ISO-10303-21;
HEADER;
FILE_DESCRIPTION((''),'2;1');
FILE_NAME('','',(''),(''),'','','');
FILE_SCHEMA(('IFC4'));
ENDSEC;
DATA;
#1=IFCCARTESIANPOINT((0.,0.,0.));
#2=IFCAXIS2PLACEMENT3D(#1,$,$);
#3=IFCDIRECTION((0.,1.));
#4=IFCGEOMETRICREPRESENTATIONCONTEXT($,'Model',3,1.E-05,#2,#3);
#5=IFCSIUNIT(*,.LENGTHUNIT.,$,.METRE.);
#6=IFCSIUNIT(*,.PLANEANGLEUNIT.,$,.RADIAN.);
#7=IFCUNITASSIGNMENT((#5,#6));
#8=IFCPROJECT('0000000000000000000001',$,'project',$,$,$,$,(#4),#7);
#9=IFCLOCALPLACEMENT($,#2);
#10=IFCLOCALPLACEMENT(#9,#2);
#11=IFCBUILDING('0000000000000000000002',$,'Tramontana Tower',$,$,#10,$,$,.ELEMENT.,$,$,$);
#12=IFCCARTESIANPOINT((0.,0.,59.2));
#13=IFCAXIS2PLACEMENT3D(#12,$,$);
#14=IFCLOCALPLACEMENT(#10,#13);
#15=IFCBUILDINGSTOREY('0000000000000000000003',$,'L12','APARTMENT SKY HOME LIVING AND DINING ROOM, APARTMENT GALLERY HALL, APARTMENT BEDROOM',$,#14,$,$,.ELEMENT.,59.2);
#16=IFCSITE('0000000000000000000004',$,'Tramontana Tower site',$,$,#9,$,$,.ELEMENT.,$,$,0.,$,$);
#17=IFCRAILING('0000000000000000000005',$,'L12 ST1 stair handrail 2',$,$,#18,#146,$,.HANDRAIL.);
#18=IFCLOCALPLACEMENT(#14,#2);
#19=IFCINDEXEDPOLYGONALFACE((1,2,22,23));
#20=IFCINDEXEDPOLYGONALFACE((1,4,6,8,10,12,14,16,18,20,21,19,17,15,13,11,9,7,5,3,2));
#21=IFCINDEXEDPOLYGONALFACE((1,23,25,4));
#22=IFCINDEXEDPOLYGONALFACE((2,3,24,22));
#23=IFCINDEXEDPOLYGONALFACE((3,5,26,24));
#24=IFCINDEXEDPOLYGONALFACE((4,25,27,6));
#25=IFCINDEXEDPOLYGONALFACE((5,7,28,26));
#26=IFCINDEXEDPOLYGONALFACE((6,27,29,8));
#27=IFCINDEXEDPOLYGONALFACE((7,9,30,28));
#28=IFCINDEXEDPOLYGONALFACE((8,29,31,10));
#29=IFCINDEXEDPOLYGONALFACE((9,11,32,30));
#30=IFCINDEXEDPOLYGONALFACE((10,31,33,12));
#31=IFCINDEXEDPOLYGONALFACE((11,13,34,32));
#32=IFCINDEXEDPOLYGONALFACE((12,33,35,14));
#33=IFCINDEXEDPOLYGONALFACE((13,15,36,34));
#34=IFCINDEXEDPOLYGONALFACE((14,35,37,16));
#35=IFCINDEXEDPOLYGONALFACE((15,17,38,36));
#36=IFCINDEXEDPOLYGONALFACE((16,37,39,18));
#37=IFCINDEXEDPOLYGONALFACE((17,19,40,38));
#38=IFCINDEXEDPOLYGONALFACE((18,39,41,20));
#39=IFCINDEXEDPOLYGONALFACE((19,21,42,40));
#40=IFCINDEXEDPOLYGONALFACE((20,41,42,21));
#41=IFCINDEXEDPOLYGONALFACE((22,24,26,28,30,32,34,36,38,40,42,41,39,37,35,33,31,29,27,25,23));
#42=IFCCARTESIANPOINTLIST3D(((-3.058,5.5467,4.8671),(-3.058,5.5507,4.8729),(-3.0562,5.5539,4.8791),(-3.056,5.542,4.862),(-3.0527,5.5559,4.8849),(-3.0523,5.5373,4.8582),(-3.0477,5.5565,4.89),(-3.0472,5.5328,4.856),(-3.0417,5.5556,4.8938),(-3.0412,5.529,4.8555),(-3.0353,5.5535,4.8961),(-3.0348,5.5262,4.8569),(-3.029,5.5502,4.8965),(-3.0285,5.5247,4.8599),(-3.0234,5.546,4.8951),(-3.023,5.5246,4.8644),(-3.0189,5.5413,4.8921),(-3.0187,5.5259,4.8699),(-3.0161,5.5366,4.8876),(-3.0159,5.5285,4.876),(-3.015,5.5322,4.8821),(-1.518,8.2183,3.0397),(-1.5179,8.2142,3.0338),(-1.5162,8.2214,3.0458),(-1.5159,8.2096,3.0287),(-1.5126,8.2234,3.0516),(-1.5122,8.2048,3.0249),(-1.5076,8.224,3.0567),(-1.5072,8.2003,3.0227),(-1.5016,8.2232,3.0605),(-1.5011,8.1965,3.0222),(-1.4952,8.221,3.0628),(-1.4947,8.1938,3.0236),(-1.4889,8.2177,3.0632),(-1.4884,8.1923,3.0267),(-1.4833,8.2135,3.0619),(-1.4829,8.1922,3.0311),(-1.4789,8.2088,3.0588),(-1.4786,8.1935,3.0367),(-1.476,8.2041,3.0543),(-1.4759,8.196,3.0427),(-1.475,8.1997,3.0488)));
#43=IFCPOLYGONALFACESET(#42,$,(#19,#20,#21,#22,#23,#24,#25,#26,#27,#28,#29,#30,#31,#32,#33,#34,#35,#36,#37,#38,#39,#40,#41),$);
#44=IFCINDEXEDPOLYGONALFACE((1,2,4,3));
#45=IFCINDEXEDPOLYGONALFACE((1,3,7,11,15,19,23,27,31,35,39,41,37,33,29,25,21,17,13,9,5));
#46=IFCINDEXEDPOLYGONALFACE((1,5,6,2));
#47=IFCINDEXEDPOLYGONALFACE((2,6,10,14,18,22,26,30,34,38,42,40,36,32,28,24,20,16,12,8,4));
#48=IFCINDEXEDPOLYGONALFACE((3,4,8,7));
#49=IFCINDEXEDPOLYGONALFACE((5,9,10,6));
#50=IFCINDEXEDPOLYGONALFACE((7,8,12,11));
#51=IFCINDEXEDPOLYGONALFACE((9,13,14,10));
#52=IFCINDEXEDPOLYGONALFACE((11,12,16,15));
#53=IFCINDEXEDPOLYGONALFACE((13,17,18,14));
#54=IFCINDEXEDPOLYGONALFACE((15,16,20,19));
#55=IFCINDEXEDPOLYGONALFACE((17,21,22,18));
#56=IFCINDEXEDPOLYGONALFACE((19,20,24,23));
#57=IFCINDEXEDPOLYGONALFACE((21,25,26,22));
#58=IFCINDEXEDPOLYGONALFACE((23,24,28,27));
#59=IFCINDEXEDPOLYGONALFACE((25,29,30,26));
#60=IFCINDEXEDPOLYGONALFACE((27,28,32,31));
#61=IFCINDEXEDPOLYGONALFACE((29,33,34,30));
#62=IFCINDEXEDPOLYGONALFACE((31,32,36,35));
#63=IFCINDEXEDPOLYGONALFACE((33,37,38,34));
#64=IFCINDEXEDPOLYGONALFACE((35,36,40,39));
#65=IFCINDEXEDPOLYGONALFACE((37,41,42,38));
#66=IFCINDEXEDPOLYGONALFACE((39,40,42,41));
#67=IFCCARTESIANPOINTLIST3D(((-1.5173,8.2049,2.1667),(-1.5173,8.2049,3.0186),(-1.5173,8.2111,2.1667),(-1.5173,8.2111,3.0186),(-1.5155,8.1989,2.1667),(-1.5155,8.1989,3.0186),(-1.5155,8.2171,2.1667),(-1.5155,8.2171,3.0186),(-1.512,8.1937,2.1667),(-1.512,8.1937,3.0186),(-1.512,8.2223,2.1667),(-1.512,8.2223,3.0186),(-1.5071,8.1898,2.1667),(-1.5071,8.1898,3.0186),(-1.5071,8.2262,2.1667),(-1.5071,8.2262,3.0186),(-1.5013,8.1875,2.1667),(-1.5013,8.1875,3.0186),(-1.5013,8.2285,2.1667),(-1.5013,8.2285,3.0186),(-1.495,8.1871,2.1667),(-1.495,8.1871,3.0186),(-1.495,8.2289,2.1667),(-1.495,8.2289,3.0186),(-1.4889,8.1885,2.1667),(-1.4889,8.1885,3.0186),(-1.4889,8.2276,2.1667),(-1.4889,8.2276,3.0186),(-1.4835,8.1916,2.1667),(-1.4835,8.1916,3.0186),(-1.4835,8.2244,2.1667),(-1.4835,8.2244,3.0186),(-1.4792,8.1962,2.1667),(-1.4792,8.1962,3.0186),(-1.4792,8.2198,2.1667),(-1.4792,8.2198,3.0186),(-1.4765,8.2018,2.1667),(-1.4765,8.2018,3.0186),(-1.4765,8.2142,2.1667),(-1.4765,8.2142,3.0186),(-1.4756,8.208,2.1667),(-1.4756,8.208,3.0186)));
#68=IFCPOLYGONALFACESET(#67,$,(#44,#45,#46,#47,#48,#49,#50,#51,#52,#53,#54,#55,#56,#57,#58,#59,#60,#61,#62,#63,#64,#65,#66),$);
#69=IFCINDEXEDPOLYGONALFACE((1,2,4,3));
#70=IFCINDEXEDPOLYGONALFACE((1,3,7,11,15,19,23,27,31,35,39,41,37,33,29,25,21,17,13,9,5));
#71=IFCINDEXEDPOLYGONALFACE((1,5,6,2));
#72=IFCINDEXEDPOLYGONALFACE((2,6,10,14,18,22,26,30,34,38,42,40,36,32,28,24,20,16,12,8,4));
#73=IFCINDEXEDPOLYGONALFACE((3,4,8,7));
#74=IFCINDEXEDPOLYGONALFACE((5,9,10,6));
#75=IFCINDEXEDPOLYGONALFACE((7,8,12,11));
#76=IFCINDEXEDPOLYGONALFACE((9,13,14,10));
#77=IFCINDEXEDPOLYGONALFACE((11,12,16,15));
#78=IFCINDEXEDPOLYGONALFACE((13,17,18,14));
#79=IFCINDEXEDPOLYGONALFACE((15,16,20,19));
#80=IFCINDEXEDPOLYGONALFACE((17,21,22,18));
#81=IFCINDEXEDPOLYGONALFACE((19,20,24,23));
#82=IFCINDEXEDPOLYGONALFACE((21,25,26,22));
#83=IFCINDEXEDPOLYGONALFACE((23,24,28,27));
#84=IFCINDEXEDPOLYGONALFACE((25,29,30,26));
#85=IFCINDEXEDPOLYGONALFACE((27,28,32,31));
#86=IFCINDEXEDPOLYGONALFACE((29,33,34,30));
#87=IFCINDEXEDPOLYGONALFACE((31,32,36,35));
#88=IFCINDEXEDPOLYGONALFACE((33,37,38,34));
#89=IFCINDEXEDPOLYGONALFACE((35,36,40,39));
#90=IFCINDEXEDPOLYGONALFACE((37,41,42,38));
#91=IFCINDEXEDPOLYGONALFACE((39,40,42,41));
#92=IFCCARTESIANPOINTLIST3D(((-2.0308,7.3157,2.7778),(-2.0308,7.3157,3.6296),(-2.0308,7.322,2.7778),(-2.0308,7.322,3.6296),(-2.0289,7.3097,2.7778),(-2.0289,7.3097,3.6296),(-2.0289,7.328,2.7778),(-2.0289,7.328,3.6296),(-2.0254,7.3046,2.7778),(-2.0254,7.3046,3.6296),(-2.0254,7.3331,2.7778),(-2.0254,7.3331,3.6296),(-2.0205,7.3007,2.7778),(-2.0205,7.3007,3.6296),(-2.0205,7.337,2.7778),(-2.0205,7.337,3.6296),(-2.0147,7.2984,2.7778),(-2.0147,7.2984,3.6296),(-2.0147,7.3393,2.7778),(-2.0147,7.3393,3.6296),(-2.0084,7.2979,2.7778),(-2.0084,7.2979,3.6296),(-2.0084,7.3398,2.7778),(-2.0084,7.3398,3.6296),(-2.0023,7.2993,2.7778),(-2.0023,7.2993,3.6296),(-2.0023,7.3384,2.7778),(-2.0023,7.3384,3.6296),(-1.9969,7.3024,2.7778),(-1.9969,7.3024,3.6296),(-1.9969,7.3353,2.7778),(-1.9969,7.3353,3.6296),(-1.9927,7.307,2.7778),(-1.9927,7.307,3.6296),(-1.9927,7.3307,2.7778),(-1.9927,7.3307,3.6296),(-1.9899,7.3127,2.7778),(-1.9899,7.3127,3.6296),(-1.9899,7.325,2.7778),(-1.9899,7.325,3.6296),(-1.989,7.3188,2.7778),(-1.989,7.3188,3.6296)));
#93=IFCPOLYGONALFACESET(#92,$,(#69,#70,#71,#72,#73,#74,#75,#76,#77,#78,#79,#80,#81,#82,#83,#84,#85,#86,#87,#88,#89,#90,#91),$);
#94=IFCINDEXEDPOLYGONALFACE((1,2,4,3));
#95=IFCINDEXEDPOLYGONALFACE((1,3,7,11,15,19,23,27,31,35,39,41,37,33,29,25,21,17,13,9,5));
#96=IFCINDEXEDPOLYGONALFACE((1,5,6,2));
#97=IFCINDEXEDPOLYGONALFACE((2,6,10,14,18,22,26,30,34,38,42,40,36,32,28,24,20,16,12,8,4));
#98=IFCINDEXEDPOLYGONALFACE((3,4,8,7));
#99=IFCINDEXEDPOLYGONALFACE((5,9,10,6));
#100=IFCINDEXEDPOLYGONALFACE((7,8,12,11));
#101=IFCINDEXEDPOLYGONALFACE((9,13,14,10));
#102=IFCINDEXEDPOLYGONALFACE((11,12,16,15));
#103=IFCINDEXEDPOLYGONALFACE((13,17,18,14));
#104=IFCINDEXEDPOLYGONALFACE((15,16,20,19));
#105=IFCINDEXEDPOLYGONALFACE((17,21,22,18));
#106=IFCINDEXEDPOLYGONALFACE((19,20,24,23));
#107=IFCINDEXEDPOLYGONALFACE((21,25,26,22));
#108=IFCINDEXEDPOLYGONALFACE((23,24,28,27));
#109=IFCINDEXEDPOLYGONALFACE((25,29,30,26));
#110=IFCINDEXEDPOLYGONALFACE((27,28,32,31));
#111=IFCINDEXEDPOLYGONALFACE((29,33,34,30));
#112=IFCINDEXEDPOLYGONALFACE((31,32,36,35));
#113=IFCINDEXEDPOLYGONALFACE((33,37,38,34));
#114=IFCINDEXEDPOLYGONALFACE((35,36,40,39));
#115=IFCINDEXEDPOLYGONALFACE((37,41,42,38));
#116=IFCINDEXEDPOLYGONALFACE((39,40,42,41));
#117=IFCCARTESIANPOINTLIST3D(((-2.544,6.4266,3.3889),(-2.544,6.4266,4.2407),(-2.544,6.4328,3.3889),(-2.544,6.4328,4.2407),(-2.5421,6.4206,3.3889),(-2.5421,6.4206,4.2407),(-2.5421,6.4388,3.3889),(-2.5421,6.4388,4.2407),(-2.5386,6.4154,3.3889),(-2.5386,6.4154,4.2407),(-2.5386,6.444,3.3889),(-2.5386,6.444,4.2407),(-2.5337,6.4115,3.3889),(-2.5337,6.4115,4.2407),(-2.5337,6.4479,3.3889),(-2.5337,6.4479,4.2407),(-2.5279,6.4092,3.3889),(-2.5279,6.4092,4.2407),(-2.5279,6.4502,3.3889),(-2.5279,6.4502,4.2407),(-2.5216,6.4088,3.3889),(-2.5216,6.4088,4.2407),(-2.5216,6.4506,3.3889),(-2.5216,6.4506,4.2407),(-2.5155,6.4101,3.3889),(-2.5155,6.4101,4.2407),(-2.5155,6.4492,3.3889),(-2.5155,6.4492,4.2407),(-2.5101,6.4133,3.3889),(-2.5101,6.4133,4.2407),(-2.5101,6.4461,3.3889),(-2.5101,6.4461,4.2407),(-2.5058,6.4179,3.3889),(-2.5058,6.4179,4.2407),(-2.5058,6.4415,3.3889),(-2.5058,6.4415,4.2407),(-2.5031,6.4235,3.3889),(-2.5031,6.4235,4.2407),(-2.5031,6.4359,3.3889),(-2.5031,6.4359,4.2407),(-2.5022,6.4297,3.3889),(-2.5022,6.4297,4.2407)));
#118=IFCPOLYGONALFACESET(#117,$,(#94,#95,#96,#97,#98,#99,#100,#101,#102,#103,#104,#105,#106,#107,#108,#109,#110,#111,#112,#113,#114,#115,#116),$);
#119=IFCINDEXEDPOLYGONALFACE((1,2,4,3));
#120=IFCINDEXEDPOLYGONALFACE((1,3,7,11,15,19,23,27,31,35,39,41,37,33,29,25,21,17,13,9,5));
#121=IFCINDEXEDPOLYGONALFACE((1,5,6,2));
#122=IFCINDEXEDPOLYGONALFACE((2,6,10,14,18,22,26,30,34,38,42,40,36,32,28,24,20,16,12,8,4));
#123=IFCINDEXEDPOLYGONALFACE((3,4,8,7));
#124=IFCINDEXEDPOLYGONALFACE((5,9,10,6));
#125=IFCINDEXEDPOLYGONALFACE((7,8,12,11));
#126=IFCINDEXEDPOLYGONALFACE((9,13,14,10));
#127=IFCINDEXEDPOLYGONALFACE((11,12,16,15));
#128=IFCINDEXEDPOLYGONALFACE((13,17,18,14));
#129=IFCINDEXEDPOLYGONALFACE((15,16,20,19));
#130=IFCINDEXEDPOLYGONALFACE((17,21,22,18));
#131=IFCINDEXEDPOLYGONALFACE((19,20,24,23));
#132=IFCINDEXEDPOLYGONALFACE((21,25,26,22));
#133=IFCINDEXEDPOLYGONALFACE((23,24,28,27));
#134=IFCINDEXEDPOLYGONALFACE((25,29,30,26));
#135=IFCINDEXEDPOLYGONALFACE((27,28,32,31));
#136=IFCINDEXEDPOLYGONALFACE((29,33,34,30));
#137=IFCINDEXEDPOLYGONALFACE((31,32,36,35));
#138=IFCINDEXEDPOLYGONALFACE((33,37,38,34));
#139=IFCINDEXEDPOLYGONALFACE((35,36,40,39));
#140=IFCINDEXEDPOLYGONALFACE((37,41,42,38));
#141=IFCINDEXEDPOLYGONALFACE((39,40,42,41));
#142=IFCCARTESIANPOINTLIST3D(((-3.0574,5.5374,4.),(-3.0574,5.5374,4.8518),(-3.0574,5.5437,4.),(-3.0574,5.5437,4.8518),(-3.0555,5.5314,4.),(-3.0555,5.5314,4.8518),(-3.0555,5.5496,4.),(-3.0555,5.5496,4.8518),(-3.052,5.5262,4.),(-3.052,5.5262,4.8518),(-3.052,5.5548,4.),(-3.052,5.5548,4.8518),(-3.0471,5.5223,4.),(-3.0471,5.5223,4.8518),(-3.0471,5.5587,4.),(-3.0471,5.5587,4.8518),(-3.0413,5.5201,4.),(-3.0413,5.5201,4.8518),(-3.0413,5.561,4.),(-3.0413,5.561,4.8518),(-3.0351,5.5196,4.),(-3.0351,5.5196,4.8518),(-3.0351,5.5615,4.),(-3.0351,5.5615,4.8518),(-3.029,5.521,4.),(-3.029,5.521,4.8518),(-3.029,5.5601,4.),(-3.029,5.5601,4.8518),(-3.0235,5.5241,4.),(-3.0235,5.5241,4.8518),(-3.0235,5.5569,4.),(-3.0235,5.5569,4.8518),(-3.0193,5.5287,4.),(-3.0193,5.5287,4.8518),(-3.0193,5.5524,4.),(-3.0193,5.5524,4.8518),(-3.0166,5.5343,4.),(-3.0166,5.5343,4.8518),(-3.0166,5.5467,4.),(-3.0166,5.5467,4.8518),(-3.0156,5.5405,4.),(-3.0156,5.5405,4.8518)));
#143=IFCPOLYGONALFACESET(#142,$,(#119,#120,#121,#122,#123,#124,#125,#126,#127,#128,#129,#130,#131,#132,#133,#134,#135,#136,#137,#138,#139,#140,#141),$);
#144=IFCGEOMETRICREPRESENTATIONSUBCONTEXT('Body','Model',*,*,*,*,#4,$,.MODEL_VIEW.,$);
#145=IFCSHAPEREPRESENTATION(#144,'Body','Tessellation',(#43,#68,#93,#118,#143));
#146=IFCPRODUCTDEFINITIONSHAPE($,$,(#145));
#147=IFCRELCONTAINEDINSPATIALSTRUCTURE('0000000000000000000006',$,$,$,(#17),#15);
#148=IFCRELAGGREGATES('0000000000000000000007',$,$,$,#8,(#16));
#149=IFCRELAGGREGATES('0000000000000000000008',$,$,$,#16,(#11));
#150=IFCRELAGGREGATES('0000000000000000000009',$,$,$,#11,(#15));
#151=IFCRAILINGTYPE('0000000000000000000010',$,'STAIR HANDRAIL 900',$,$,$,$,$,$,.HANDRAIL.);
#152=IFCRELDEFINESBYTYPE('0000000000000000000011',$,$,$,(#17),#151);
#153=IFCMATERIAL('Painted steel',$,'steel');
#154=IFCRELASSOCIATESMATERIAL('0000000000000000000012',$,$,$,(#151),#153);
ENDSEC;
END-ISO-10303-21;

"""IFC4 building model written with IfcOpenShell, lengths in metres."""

from ifc_helpers import new_model, si_unit, direction, frame, origin, origin_2d, place, context, subcontext, project, spatial, circle, extrude, material, type_object, element, save


model = new_model("IFC4")

# Units and contexts
model_context = context("Model", 3, precision=1e-05, world=origin(), true_north=direction((0.0, 1.0)))
body_context = subcontext(model_context, "Body", "Model", "MODEL_VIEW")
ifc_project = project(units=[si_unit("LENGTHUNIT", "METRE"), si_unit("PLANEANGLEUNIT", "RADIAN")], contexts=[model_context])

# Site, building, storey
site_placement = place(None, origin())
site = spatial("IfcSite", under=ifc_project, at=site_placement, Name="Tramontana Tower site", CompositionType="ELEMENT", RefElevation=0.0)
building_placement = place(site_placement, origin())
building = spatial("IfcBuilding", under=site, at=building_placement, Name="Tramontana Tower", CompositionType="ELEMENT")
storey_placement = place(building_placement, frame((0.0, 0.0, 59.2)))
storey = spatial("IfcBuildingStorey", under=building, at=storey_placement, Name="L12", Description="APARTMENT SKY HOME LIVING AND DINING ROOM, APARTMENT GALLERY HALL, APARTMENT BEDROOM", CompositionType="ELEMENT", Elevation=59.2)

# Railing
ifc_material_1 = material(Name="Painted steel", Category="steel")
railing_type_1 = type_object("IfcRailingType", Name="STAIR HANDRAIL 900", PredefinedType="HANDRAIL", material=ifc_material_1)
railing_1_placement = place(storey_placement, frame((-1.4966, 8.208, 2.1667)))
element("IfcRailing", 1, at=railing_1_placement, inside=storey, type_object=railing_type_1, Name="L12 ST1 stair handrail 2", PredefinedType="HANDRAIL", context=body_context, shape_type="SweptSolid", body=[
    extrude(circle(Radius=0.0239, at=origin_2d()), frame((0.0, 0.0, 0.876), z_axis=(-0.429649, -0.74419, 0.511452), x_axis=(0.86603, -0.499992, 0.0)), (0.0, 0.0, 1.0), 3.5845),
    extrude(circle(Radius=0.021, at=origin_2d()), origin(), (0.0, 0.0, 1.0), 0.8518),
    extrude(circle(Radius=0.021, at=origin_2d()), frame((-0.5134, -0.8892, 0.6111)), (0.0, 0.0, 1.0), 0.8518),
    extrude(circle(Radius=0.021, at=origin_2d()), frame((-1.0266, -1.7783, 1.2222)), (0.0, 0.0, 1.0), 0.8518),
    extrude(circle(Radius=0.021, at=origin_2d()), frame((-1.54, -2.6675, 1.8333)), (0.0, 0.0, 1.0), 0.8518),
])

save(model, "model.ifc")
